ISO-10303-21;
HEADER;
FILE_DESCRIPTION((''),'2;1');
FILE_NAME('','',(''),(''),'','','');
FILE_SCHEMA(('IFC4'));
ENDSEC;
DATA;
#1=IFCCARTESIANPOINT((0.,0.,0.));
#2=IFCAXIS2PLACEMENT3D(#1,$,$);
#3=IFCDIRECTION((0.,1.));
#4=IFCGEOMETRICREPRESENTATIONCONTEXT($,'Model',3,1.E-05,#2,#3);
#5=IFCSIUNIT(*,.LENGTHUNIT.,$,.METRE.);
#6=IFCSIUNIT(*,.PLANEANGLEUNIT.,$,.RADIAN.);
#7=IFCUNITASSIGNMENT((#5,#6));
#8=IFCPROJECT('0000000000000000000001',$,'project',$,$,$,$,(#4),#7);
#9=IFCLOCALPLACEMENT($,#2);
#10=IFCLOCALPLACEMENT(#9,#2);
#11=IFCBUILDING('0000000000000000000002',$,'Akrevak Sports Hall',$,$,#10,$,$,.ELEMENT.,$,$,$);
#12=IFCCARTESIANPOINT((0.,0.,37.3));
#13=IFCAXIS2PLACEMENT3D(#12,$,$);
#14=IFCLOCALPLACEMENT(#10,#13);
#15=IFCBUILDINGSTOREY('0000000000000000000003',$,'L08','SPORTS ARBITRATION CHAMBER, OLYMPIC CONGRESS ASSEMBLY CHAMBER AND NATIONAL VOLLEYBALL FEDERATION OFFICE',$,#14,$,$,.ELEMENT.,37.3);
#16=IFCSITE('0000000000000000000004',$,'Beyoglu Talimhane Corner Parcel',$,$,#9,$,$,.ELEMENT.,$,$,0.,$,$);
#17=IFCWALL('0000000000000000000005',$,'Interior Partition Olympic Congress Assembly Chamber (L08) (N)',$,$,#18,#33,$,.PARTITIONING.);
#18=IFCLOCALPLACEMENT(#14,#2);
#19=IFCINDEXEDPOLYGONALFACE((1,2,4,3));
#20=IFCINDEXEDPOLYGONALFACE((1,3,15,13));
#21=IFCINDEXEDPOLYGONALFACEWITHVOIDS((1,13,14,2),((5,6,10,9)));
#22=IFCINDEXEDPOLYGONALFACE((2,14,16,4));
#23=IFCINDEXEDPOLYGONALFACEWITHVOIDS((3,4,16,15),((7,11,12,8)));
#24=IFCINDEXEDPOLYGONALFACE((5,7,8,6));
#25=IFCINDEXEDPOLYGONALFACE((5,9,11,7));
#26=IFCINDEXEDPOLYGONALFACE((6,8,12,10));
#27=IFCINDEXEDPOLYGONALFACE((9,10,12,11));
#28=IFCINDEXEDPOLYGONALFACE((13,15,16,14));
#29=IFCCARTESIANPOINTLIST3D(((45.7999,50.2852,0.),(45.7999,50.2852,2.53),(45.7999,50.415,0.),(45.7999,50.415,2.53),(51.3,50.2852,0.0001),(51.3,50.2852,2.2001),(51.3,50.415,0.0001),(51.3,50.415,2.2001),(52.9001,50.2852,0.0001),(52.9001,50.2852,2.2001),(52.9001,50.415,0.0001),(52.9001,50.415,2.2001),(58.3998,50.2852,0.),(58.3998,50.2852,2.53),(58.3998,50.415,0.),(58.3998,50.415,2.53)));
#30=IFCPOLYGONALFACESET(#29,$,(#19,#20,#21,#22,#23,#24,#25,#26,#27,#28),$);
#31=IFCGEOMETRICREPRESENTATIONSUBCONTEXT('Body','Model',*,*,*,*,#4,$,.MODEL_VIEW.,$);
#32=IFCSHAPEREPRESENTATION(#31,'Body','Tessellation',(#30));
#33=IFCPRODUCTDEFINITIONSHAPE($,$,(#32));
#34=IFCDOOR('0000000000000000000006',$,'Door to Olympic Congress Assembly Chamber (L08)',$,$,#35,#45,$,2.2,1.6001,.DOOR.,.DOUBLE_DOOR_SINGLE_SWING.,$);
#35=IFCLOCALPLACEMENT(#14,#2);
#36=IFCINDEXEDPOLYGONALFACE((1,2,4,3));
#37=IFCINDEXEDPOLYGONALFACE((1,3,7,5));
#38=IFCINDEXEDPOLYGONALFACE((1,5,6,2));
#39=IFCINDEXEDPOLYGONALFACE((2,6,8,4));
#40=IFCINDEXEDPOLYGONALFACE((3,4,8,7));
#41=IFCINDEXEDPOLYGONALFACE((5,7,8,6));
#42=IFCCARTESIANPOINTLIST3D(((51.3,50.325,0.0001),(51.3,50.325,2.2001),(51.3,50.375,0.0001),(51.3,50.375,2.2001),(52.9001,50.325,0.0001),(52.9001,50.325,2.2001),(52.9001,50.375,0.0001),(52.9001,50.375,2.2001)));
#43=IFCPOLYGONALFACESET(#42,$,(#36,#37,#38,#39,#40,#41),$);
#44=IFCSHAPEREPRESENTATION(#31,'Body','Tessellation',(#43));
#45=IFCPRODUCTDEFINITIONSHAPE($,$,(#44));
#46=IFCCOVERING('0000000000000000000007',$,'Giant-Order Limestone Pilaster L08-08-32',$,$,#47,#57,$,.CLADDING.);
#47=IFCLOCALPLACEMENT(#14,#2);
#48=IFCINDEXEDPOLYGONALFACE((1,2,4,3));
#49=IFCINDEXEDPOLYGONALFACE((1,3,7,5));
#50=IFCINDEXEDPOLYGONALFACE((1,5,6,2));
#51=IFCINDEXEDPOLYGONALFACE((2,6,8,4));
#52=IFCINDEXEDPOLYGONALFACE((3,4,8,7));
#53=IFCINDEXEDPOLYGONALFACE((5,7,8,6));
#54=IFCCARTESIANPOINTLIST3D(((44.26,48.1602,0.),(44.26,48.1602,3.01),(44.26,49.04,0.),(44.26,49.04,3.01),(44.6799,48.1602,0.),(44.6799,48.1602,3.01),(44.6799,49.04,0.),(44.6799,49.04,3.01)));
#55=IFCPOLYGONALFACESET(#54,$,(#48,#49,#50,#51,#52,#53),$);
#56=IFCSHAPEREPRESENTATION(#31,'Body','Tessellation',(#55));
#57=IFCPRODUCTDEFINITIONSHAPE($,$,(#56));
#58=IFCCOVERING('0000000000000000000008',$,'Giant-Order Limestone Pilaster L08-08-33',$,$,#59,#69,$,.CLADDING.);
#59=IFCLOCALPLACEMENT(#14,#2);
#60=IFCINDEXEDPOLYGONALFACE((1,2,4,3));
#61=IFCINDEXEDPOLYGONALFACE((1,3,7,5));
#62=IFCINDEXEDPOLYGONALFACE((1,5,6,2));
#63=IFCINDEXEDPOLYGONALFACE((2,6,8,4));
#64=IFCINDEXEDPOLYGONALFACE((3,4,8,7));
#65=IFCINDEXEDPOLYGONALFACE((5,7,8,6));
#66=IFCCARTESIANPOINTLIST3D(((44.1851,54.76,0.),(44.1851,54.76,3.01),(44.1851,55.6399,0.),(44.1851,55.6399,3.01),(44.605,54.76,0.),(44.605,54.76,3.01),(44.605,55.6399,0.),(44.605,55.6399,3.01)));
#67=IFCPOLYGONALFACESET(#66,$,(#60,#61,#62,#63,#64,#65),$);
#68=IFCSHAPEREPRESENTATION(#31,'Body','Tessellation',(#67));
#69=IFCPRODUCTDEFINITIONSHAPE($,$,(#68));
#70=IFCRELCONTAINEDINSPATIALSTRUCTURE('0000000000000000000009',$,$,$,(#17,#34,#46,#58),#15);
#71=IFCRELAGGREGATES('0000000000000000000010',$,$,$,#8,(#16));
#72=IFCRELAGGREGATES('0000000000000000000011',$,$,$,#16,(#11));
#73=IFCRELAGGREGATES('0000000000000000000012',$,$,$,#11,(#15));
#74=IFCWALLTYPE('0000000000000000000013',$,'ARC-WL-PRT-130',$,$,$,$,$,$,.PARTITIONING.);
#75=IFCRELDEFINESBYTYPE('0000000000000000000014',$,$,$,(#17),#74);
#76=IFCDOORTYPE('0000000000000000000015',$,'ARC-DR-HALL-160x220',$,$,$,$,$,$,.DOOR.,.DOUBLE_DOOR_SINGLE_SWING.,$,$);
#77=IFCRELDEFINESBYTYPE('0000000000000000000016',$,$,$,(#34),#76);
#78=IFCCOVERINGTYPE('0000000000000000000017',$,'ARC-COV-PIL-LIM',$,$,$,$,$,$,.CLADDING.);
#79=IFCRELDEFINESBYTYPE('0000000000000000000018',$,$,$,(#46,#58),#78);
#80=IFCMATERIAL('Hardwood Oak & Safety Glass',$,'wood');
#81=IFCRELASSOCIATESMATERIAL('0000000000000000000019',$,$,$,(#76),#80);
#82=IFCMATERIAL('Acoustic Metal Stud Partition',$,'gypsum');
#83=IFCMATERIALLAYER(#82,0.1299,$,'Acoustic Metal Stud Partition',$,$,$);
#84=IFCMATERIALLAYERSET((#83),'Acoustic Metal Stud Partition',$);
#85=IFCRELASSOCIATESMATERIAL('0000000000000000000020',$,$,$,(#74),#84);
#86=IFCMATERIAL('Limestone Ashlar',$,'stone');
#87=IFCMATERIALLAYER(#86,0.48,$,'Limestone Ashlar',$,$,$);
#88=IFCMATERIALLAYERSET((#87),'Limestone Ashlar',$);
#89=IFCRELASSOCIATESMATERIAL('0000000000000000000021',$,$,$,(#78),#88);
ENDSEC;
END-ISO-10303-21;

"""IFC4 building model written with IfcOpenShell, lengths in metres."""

from ifc_helpers import new_model, si_unit, direction, frame, frame_2d, origin, origin_2d, place, context, subcontext, project, spatial, rectangle, extrude, material, layer, layer_set, type_object, element, fill, save


model = new_model("IFC4")

# Units and contexts
model_context = context("Model", 3, precision=1e-05, world=origin(), true_north=direction((0.0, 1.0)))
body_context = subcontext(model_context, "Body", "Model", "MODEL_VIEW")
ifc_project = project(units=[si_unit("LENGTHUNIT", "METRE"), si_unit("PLANEANGLEUNIT", "RADIAN")], contexts=[model_context])

# Site, building, storey
site_placement = place(None, origin())
site = spatial("IfcSite", under=ifc_project, at=site_placement, Name="Beyoglu Talimhane Corner Parcel", CompositionType="ELEMENT", RefElevation=0.0)
building_placement = place(site_placement, origin())
building = spatial("IfcBuilding", under=site, at=building_placement, Name="Akrevak Sports Hall", CompositionType="ELEMENT")
storey_placement = place(building_placement, frame((0.0, 0.0, 37.3)))
storey = spatial("IfcBuildingStorey", under=building, at=storey_placement, Name="L08", Description="SPORTS ARBITRATION CHAMBER, OLYMPIC CONGRESS ASSEMBLY CHAMBER AND NATIONAL VOLLEYBALL FEDERATION OFFICE", CompositionType="ELEMENT", Elevation=37.3)

# Shared definitions
ifc_material_1 = material(Name="Hardwood Oak & Safety Glass", Category="wood")
door_type_1 = type_object("IfcDoorType", Name="ARC-DR-HALL-160x220", OperationType="DOUBLE_DOOR_SINGLE_SWING", PredefinedType="DOOR", material=ifc_material_1)

# Wall, opening, door
ifc_material_2 = material(Name="Acoustic Metal Stud Partition", Category="gypsum")
ifc_layer_1 = layer(ifc_material_2, 0.1299, Name="Acoustic Metal Stud Partition")
ifc_layer_set_1 = layer_set([ifc_layer_1], Name="Acoustic Metal Stud Partition")
wall_type_1 = type_object("IfcWallType", Name="ARC-WL-PRT-130", PredefinedType="PARTITIONING", material=ifc_layer_set_1)
wall_1_placement = place(storey_placement, frame((45.8, 50.3501, 0.0), z_axis=(0.0, 0.0, 1.0), x_axis=(1.0, 0.0, 0.0)))
wall_1 = element("IfcWall", 1, at=wall_1_placement, inside=storey, type_object=wall_type_1, Name="Interior Partition Olympic Congress Assembly Chamber (L08) (N)", PredefinedType="PARTITIONING", context=body_context, shape_type="SweptSolid", body=[
    extrude(rectangle(XDim=12.5999, YDim=0.1299, at=frame_2d((6.2998, 0.0))), origin(), (0.0, 0.0, 1.0), 2.53),
])
opening_1_placement = place(wall_1_placement, frame((5.5, 0.0, 0.0)))
opening_1 = element("IfcOpeningElement", 2, at=opening_1_placement, cuts=wall_1, PredefinedType="OPENING", context=body_context, shape_type="SweptSolid", body=[
    extrude(rectangle(XDim=1.6001, YDim=2.2, at=frame_2d((0.8, 1.1001))), frame((0.0, 0.0769, 0.0), z_axis=(0.0, -1.0, 0.0), x_axis=(1.0, 0.0, 0.0)), (0.0, 0.0, 1.0), 0.1538),
])
door_1_placement = place(opening_1_placement, origin())
door_1 = element("IfcDoor", 3, at=door_1_placement, inside=storey, type_object=door_type_1, Name="Door to Olympic Congress Assembly Chamber (L08)", OperationType="DOUBLE_DOOR_SINGLE_SWING", OverallHeight=2.2, OverallWidth=1.6001, PredefinedType="DOOR", context=body_context, shape_type="SweptSolid", body=[
    extrude(rectangle(XDim=1.6001, YDim=2.2, at=frame_2d((0.8, 1.1001))), frame((0.0, 0.0249, 0.0), z_axis=(0.0, -1.0, 0.0), x_axis=(1.0, 0.0, 0.0)), (0.0, 0.0, 1.0), 0.05),
])
fill(opening_1, door_1)

# Coverings
ifc_material_3 = material(Name="Limestone Ashlar", Category="stone")
ifc_layer_2 = layer(ifc_material_3, 0.48, Name="Limestone Ashlar")
ifc_layer_set_2 = layer_set([ifc_layer_2], Name="Limestone Ashlar")
covering_type = type_object("IfcCoveringType", Name="ARC-COV-PIL-LIM", PredefinedType="CLADDING", material=ifc_layer_set_2)
for number, where, z_axis, x_axis, name in (
    (4, (44.47, 48.6001, 0.0), (0.0, 0.0, 1.0), (0.0, -1.0, 0.0), "Giant-Order Limestone Pilaster L08-08-32"),
    (5, (44.395, 55.2, 0.0), (0.0, 0.0, 1.0), (0.0, -1.0, 0.0), "Giant-Order Limestone Pilaster L08-08-33"),
):
    element("IfcCovering", number, at=place(storey_placement, frame(where, z_axis=z_axis, x_axis=x_axis)), inside=storey, type_object=covering_type, Name=name, PredefinedType="CLADDING", context=body_context, shape_type="SweptSolid", body=[
        extrude(rectangle(XDim=0.8799, YDim=0.4199, at=origin_2d()), origin(), (0.0, 0.0, 1.0), 3.01),
    ])

save(model, "model.ifc")
